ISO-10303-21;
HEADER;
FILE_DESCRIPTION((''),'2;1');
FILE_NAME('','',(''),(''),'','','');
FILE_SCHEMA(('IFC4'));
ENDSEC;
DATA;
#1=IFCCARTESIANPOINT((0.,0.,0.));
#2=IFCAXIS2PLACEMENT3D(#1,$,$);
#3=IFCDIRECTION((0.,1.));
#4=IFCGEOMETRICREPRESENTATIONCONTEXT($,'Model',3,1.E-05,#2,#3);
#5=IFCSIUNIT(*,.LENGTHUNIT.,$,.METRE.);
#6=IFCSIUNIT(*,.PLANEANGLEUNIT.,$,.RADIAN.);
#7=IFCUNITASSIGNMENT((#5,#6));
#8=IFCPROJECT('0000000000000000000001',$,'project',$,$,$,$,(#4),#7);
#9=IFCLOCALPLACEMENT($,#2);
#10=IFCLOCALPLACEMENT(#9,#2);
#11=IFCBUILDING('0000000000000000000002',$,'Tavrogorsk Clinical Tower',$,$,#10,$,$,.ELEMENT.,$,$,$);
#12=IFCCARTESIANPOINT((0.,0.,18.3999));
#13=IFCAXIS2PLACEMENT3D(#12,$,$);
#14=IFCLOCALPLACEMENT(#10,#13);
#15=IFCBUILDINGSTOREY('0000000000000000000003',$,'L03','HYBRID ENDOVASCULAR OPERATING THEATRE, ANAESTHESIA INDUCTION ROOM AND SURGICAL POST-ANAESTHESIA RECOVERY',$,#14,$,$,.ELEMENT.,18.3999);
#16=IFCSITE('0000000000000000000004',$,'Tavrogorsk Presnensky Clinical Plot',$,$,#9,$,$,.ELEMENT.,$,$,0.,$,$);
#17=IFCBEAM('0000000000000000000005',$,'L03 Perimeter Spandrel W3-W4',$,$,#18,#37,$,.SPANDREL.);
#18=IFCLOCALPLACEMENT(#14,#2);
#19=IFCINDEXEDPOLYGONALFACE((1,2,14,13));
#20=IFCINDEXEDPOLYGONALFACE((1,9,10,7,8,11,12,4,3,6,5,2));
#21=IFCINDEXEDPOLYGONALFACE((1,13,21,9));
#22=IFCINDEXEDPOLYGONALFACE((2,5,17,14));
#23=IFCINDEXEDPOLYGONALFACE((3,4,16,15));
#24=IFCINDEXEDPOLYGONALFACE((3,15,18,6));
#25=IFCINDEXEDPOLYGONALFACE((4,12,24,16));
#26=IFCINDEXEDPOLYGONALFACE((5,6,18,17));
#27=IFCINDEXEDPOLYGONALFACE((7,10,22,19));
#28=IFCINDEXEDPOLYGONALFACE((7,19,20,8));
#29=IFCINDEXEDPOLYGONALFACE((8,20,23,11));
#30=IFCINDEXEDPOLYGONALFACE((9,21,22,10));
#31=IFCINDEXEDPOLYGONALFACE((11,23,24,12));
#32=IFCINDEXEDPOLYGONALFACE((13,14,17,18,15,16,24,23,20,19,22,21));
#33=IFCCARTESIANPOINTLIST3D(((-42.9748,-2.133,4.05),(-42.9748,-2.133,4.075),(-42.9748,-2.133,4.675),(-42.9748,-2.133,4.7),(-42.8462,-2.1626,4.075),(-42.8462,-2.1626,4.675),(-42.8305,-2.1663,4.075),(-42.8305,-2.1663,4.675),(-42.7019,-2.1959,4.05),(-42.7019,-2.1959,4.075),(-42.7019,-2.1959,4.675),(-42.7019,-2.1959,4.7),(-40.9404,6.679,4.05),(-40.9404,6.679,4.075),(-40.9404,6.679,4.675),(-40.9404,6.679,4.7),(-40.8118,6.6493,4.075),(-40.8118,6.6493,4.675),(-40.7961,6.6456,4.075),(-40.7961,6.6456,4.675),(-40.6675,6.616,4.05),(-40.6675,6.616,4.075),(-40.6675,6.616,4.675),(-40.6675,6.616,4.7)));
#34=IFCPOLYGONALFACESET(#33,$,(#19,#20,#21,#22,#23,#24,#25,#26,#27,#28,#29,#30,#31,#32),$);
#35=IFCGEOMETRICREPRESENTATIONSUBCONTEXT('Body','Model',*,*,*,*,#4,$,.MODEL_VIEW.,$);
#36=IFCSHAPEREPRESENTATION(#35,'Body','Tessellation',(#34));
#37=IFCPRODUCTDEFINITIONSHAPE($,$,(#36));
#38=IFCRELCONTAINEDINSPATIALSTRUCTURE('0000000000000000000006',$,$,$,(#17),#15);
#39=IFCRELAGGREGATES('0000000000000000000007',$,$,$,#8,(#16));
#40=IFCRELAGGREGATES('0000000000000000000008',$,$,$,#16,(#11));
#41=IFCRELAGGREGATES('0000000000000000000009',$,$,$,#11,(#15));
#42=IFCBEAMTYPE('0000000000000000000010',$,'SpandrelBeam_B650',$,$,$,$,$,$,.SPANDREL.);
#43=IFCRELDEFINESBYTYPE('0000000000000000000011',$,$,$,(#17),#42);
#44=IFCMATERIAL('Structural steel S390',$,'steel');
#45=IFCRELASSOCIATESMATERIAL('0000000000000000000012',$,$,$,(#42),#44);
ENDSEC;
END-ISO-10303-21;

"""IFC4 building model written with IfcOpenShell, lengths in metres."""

from ifc_helpers import new_model, si_unit, direction, frame, origin, origin_2d, place, context, subcontext, project, spatial, i_section, extrude, material, material_profile, profile_set, type_object, element, save


model = new_model("IFC4")

# Units and contexts
model_context = context("Model", 3, precision=1e-05, world=origin(), true_north=direction((0.0, 1.0)))
body_context = subcontext(model_context, "Body", "Model", "MODEL_VIEW")
ifc_project = project(units=[si_unit("LENGTHUNIT", "METRE"), si_unit("PLANEANGLEUNIT", "RADIAN")], contexts=[model_context])

# Site, building, storey
site_placement = place(None, origin())
site = spatial("IfcSite", under=ifc_project, at=site_placement, Name="Tavrogorsk Presnensky Clinical Plot", CompositionType="ELEMENT", RefElevation=0.0)
building_placement = place(site_placement, origin())
building = spatial("IfcBuilding", under=site, at=building_placement, Name="Tavrogorsk Clinical Tower", CompositionType="ELEMENT")
storey_placement = place(building_placement, frame((0.0, 0.0, 18.3999)))
storey = spatial("IfcBuildingStorey", under=building, at=storey_placement, Name="L03", Description="HYBRID ENDOVASCULAR OPERATING THEATRE, ANAESTHESIA INDUCTION ROOM AND SURGICAL POST-ANAESTHESIA RECOVERY", CompositionType="ELEMENT", Elevation=18.3999)

# Beam
ifc_material_1 = material(Name="Structural steel S390", Category="steel")
ifc_material_profile_1 = material_profile(ifc_material_1, i_section(OverallWidth=0.28, OverallDepth=0.6499, WebThickness=0.0161, FlangeThickness=0.0249, at=origin_2d()), Name="B-650x280x16x25")
ifc_profile_set_1 = profile_set([ifc_material_profile_1], Name="Structural steel S390")
beam_type_1 = type_object("IfcBeamType", Name="SpandrelBeam_B650", PredefinedType="SPANDREL", material=ifc_profile_set_1)
beam_1_placement = place(storey_placement, frame((-40.804, 6.6475, 4.375), z_axis=(-0.224952, -0.97437, 0.0), x_axis=(0.97437, -0.224952, 0.0)))
element("IfcBeam", 1, at=beam_1_placement, inside=storey, type_object=beam_type_1, Name="L03 Perimeter Spandrel W3-W4", PredefinedType="SPANDREL", context=body_context, shape_type="SweptSolid", body=[
    extrude(i_section(OverallWidth=0.28, OverallDepth=0.6499, WebThickness=0.0161, FlangeThickness=0.0249, at=origin_2d()), origin(), (0.0, 0.0, 1.0), 9.0437),
])

save(model, "model.ifc")
